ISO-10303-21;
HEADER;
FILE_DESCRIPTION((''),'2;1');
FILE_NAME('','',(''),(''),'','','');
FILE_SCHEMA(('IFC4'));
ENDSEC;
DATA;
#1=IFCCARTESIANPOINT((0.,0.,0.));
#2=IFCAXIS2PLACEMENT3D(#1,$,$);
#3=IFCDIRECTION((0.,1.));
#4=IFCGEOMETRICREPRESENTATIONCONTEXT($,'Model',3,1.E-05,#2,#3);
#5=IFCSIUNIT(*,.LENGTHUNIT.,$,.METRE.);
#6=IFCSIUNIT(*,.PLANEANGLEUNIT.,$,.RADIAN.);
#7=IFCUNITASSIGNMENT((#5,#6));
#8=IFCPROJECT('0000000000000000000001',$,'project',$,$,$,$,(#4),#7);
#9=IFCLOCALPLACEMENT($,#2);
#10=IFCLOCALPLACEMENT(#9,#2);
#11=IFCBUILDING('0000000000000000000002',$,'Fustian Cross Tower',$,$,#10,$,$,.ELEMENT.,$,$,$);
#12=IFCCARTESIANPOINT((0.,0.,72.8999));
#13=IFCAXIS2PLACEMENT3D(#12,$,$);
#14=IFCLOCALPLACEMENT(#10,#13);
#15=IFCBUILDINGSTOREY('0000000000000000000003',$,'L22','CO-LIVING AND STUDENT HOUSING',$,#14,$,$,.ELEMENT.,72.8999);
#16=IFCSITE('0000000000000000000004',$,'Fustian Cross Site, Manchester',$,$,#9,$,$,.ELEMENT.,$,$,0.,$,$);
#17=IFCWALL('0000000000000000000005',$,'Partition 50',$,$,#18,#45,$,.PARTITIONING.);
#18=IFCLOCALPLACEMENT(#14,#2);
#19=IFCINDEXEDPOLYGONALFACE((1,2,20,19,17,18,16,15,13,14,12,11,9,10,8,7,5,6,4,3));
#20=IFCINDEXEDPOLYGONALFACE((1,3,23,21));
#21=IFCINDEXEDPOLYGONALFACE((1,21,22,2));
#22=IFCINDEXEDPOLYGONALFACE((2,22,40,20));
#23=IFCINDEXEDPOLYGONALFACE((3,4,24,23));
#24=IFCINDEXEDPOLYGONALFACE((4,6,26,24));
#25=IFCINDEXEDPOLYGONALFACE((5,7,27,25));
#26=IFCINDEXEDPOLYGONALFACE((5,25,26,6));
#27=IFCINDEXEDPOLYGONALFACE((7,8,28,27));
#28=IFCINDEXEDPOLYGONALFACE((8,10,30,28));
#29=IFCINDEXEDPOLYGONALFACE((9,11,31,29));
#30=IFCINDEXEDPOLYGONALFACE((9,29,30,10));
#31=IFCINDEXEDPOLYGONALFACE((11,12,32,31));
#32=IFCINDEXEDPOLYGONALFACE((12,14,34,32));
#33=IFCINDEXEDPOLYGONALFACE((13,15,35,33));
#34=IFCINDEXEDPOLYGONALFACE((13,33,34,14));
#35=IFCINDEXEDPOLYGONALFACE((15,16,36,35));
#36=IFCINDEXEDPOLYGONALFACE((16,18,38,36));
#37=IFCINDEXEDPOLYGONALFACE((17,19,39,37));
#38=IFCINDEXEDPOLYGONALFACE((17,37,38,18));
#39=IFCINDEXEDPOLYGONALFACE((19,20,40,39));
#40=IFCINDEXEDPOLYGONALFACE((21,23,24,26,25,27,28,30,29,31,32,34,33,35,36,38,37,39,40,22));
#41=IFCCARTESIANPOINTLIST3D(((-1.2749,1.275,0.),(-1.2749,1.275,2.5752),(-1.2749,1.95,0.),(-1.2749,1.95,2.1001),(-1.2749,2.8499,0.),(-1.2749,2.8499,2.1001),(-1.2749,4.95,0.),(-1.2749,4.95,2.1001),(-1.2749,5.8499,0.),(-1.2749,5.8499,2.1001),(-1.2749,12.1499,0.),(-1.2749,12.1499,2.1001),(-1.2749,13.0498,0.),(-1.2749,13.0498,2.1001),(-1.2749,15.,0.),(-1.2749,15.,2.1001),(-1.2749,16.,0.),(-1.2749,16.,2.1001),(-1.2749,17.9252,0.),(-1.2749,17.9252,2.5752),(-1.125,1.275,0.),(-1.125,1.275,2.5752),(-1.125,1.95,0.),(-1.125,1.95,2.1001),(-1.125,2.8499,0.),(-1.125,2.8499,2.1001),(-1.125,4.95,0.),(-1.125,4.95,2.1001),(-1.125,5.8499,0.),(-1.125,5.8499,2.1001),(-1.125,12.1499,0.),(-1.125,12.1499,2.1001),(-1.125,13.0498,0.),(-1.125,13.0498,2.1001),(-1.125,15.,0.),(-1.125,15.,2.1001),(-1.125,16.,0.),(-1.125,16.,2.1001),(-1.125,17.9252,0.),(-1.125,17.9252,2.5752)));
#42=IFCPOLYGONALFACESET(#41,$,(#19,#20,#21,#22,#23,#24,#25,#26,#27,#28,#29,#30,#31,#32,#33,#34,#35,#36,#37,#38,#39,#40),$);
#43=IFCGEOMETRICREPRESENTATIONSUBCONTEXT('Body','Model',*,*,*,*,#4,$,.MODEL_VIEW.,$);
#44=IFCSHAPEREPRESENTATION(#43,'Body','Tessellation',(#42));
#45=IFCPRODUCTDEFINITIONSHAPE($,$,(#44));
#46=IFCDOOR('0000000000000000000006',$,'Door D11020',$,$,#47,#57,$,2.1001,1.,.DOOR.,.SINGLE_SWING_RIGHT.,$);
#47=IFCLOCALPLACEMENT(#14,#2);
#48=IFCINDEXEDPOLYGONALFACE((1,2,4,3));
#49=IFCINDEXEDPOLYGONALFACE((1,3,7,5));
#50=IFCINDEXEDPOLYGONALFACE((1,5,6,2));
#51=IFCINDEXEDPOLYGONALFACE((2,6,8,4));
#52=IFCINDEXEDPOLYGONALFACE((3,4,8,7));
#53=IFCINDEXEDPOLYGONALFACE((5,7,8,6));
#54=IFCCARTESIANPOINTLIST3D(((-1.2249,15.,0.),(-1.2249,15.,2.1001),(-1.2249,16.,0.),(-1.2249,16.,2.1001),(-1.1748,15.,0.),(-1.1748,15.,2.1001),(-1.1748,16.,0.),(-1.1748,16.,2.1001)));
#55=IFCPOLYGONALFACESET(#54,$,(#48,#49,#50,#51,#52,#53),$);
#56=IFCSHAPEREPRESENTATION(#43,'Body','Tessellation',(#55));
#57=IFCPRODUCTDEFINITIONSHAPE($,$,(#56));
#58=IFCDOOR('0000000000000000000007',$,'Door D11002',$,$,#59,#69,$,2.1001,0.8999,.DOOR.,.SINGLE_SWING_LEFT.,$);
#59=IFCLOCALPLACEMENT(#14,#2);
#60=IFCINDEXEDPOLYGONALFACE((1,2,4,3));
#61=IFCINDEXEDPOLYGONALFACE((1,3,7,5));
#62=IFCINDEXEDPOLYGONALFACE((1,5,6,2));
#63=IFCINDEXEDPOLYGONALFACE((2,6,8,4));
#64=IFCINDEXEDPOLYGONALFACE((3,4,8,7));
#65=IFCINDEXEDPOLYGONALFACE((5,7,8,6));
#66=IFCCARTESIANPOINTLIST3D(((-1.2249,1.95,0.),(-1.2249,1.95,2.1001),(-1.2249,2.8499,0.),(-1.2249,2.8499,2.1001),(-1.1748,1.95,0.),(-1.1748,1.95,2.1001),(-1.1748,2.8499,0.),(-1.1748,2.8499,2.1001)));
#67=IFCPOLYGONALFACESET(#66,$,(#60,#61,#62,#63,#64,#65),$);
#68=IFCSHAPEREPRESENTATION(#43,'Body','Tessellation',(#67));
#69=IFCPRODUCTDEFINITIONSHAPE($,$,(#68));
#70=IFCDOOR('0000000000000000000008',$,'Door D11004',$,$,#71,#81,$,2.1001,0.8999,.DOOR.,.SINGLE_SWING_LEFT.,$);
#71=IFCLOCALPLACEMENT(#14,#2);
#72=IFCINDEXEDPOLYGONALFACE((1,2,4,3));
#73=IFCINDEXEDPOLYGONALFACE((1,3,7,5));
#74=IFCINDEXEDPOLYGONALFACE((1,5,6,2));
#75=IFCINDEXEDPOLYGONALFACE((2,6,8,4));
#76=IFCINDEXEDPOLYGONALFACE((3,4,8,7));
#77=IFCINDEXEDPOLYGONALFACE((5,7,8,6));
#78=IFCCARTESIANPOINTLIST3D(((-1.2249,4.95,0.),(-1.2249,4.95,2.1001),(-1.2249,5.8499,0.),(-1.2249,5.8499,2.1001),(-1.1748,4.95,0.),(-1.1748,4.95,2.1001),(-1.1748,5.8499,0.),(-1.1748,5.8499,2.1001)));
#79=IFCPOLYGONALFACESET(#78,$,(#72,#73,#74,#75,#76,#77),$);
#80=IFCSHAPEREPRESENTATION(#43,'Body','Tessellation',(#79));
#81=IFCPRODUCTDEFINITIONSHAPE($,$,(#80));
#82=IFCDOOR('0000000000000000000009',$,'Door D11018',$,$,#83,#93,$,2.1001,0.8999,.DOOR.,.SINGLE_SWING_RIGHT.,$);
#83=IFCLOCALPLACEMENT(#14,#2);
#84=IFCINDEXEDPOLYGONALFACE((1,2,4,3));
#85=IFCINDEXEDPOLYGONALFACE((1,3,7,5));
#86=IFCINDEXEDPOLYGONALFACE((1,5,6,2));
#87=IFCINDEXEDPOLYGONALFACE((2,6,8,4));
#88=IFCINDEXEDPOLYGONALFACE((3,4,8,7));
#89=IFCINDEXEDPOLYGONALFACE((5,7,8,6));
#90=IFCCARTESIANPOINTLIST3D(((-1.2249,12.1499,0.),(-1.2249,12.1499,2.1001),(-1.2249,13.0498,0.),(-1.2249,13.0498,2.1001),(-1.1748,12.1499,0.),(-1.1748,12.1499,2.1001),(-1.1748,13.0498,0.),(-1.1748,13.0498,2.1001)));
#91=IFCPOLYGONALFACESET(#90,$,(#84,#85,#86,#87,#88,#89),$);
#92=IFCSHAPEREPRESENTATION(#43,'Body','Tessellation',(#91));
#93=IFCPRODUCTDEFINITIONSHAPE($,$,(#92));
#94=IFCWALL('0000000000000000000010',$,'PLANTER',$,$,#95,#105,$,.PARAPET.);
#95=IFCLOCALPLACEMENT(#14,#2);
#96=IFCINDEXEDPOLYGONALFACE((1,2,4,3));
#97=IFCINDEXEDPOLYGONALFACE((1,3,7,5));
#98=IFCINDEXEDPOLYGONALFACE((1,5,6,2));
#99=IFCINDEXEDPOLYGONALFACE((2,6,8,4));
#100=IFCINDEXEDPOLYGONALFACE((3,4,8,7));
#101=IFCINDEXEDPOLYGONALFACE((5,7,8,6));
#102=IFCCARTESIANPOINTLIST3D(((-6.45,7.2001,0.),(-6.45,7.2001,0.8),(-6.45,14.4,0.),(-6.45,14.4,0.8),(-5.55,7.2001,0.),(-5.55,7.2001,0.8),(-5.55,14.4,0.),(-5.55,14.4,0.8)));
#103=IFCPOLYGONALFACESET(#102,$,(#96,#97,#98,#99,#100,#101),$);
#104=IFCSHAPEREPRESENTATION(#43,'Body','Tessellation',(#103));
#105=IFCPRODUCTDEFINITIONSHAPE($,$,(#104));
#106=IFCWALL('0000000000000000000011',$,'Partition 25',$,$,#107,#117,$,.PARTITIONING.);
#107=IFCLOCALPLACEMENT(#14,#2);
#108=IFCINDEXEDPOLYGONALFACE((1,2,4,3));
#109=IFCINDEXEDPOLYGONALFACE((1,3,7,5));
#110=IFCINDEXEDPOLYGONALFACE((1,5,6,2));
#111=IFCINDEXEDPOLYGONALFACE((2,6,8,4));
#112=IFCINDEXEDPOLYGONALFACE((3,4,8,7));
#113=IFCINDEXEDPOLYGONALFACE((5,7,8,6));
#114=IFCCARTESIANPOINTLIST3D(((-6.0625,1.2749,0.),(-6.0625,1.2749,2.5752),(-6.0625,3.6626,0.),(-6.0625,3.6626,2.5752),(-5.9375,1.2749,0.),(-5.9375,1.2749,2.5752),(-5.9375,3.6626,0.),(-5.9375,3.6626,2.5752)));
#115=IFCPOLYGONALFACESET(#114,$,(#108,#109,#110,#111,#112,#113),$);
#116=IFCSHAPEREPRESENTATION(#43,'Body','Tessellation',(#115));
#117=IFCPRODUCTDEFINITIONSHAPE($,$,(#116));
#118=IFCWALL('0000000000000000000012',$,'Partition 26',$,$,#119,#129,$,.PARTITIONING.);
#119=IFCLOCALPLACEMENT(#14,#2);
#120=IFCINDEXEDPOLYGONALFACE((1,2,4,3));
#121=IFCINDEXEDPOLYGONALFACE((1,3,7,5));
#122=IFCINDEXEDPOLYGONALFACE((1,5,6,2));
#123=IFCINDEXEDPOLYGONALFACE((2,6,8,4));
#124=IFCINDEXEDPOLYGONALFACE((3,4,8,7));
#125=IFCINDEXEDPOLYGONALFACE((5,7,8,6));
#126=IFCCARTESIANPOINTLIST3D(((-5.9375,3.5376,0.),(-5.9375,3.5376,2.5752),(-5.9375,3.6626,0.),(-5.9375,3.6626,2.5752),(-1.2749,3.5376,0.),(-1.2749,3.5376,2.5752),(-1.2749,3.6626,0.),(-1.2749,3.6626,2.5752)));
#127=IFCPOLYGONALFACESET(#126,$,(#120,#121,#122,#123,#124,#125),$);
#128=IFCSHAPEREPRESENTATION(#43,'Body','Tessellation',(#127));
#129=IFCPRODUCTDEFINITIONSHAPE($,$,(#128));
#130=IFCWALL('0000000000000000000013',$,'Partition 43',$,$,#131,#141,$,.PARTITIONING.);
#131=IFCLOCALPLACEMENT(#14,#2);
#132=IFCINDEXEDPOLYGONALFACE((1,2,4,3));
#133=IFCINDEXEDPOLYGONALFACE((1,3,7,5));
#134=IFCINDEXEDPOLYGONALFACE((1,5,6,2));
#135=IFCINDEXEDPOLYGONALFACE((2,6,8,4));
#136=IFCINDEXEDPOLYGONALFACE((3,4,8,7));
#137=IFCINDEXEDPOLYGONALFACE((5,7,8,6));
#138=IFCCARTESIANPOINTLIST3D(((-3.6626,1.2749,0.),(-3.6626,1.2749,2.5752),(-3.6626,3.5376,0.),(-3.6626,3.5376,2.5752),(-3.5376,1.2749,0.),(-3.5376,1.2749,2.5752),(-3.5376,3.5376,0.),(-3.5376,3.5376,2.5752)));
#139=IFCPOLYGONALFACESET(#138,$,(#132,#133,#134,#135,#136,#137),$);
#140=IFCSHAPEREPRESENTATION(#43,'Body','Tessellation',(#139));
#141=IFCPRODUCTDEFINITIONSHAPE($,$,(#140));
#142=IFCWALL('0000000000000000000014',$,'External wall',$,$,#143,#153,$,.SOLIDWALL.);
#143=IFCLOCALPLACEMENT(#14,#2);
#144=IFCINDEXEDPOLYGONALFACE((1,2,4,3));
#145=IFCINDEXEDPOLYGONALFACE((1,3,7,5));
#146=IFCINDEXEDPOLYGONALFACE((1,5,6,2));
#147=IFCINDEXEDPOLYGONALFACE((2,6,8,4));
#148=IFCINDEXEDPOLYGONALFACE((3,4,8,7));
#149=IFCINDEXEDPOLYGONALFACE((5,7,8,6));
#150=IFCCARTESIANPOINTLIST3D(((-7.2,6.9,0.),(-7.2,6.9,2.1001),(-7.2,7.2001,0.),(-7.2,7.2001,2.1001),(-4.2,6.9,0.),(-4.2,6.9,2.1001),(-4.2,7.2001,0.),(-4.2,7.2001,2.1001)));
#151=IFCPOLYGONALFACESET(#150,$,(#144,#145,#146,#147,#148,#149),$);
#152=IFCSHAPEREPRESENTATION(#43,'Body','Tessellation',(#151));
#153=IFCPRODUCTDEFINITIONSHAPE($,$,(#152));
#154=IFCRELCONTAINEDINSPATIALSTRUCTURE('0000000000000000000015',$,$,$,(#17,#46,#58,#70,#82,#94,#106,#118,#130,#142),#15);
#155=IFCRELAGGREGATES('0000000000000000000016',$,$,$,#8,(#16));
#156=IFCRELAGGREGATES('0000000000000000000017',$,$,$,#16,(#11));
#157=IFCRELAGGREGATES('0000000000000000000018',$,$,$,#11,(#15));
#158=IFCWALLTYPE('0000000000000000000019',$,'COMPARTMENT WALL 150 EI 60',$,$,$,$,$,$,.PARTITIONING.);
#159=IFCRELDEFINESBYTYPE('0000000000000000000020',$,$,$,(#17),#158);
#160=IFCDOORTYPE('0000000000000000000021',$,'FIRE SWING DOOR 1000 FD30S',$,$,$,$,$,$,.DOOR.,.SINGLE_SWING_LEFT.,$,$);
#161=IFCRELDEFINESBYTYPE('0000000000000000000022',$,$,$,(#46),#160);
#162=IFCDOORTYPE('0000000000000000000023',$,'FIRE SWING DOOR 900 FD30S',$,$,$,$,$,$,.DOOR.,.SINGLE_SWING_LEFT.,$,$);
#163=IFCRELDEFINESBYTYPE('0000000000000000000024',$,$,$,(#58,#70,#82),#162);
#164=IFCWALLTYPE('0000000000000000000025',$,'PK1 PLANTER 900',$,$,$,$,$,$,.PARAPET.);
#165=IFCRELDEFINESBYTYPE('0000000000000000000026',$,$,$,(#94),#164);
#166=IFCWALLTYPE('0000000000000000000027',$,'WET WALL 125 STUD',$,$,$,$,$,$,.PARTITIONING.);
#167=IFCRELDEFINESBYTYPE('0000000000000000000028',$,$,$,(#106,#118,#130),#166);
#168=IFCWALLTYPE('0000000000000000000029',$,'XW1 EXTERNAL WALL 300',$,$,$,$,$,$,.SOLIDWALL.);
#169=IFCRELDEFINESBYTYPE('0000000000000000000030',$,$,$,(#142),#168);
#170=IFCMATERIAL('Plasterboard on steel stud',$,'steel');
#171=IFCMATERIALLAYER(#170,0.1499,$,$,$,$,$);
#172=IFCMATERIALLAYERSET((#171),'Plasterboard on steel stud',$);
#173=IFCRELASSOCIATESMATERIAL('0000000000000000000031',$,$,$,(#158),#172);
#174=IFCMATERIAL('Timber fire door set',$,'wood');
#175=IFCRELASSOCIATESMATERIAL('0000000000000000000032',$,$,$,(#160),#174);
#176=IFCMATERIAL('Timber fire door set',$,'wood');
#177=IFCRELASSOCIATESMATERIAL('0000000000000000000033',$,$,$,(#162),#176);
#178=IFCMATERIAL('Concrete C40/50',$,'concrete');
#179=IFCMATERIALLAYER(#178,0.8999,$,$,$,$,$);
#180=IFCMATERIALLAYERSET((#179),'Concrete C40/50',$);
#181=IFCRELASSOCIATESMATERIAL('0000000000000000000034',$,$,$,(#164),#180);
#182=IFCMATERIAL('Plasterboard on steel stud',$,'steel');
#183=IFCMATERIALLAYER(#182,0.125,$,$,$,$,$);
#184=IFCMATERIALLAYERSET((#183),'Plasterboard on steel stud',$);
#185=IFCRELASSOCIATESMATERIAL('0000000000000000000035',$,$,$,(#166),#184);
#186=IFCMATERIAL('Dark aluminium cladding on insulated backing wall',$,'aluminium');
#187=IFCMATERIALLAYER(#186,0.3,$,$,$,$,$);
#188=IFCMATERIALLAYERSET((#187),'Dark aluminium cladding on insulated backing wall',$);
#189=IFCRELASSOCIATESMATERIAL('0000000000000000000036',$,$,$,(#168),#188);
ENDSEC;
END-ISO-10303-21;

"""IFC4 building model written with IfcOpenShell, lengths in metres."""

from ifc_helpers import new_model, si_unit, direction, frame, frame_2d, origin, place, context, subcontext, project, spatial, rectangle, extrude, material, layer, layer_set, type_object, element, fill, save


model = new_model("IFC4")

# Units and contexts
model_context = context("Model", 3, precision=1e-05, world=origin(), true_north=direction((0.0, 1.0)))
body_context = subcontext(model_context, "Body", "Model", "MODEL_VIEW")
ifc_project = project(units=[si_unit("LENGTHUNIT", "METRE"), si_unit("PLANEANGLEUNIT", "RADIAN")], contexts=[model_context])

# Site, building, storey
site_placement = place(None, origin())
site = spatial("IfcSite", under=ifc_project, at=site_placement, Name="Fustian Cross Site, Manchester", CompositionType="ELEMENT", RefElevation=0.0)
building_placement = place(site_placement, origin())
building = spatial("IfcBuilding", under=site, at=building_placement, Name="Fustian Cross Tower", CompositionType="ELEMENT")
storey_placement = place(building_placement, frame((0.0, 0.0, 72.8999)))
storey = spatial("IfcBuildingStorey", under=building, at=storey_placement, Name="L22", Description="CO-LIVING AND STUDENT HOUSING", CompositionType="ELEMENT", Elevation=72.8999)

# Wall, openings, doors
ifc_material_1 = material(Name="Plasterboard on steel stud", Category="steel")
ifc_layer_1 = layer(ifc_material_1, 0.1499)
ifc_layer_set_1 = layer_set([ifc_layer_1], Name="Plasterboard on steel stud")
wall_type_1 = type_object("IfcWallType", Name="COMPARTMENT WALL 150 EI 60", PredefinedType="PARTITIONING", material=ifc_layer_set_1)
wall_1_placement = place(storey_placement, frame((-1.2, 1.2749, 0.0), z_axis=(0.0, 0.0, 1.0), x_axis=(0.0, 1.0, 0.0)))
wall_1 = element("IfcWall", 1, at=wall_1_placement, inside=storey, type_object=wall_type_1, Name="Partition 50", PredefinedType="PARTITIONING", context=body_context, shape_type="SweptSolid", body=[
    extrude(rectangle(XDim=16.6501, YDim=0.1499, at=frame_2d((8.3252, 0.0))), origin(), (0.0, 0.0, 1.0), 2.5752),
])
opening_1_placement = place(wall_1_placement, frame((0.675, 0.0, 0.0)))
opening_1 = element("IfcOpeningElement", 2, at=opening_1_placement, cuts=wall_1, PredefinedType="OPENING", context=body_context, shape_type="SweptSolid", body=[
    extrude(rectangle(XDim=0.8999, YDim=2.1001, at=frame_2d((0.45, 1.05))), frame((0.0, 0.085, 0.0), z_axis=(0.0, -1.0, 0.0), x_axis=(1.0, 0.0, 0.0)), (0.0, 0.0, 1.0), 0.1699),
])
opening_2_placement = place(wall_1_placement, frame((3.675, 0.0, 0.0)))
opening_2 = element("IfcOpeningElement", 3, at=opening_2_placement, cuts=wall_1, PredefinedType="OPENING", context=body_context, shape_type="SweptSolid", body=[
    extrude(rectangle(XDim=0.8999, YDim=2.1001, at=frame_2d((0.45, 1.05))), frame((0.0, 0.085, 0.0), z_axis=(0.0, -1.0, 0.0), x_axis=(1.0, 0.0, 0.0)), (0.0, 0.0, 1.0), 0.1699),
])
opening_3_placement = place(wall_1_placement, frame((10.875, 0.0, 0.0)))
opening_3 = element("IfcOpeningElement", 4, at=opening_3_placement, cuts=wall_1, PredefinedType="OPENING", context=body_context, shape_type="SweptSolid", body=[
    extrude(rectangle(XDim=0.8999, YDim=2.1001, at=frame_2d((0.45, 1.05))), frame((0.0, 0.085, 0.0), z_axis=(0.0, -1.0, 0.0), x_axis=(1.0, 0.0, 0.0)), (0.0, 0.0, 1.0), 0.1699),
])
opening_4_placement = place(wall_1_placement, frame((13.7251, 0.0, 0.0)))
opening_4 = element("IfcOpeningElement", 5, at=opening_4_placement, cuts=wall_1, PredefinedType="OPENING", context=body_context, shape_type="SweptSolid", body=[
    extrude(rectangle(XDim=1.0, YDim=2.1001, at=frame_2d((0.5, 1.05))), frame((0.0, 0.085, 0.0), z_axis=(0.0, -1.0, 0.0), x_axis=(1.0, 0.0, 0.0)), (0.0, 0.0, 1.0), 0.1699),
])
ifc_material_2 = material(Name="Timber fire door set", Category="wood")
door_type_1 = type_object("IfcDoorType", Name="FIRE SWING DOOR 1000 FD30S", OperationType="SINGLE_SWING_LEFT", PredefinedType="DOOR", material=ifc_material_2)
door_1_placement = place(opening_4_placement, origin())
door_1 = element("IfcDoor", 6, at=door_1_placement, inside=storey, type_object=door_type_1, Name="Door D11020", OperationType="SINGLE_SWING_RIGHT", OverallHeight=2.1001, OverallWidth=1.0, PredefinedType="DOOR", context=body_context, shape_type="SweptSolid", body=[
    extrude(rectangle(XDim=1.0, YDim=2.1001, at=frame_2d((0.5, 1.05))), frame((0.0, 0.0249, 0.0), z_axis=(0.0, -1.0, 0.0), x_axis=(1.0, 0.0, 0.0)), (0.0, 0.0, 1.0), 0.05),
])
fill(opening_4, door_1)
ifc_material_3 = material(Name="Timber fire door set", Category="wood")
door_type_2 = type_object("IfcDoorType", Name="FIRE SWING DOOR 900 FD30S", OperationType="SINGLE_SWING_LEFT", PredefinedType="DOOR", material=ifc_material_3)
door_2_placement = place(opening_1_placement, origin())
door_2 = element("IfcDoor", 7, at=door_2_placement, inside=storey, type_object=door_type_2, Name="Door D11002", OperationType="SINGLE_SWING_LEFT", OverallHeight=2.1001, OverallWidth=0.8999, PredefinedType="DOOR", context=body_context, shape_type="SweptSolid", body=[
    extrude(rectangle(XDim=0.8999, YDim=2.1001, at=frame_2d((0.45, 1.05))), frame((0.0, 0.0249, 0.0), z_axis=(0.0, -1.0, 0.0), x_axis=(1.0, 0.0, 0.0)), (0.0, 0.0, 1.0), 0.05),
])
fill(opening_1, door_2)
door_3_placement = place(opening_2_placement, origin())
door_3 = element("IfcDoor", 8, at=door_3_placement, inside=storey, type_object=door_type_2, Name="Door D11004", OperationType="SINGLE_SWING_LEFT", OverallHeight=2.1001, OverallWidth=0.8999, PredefinedType="DOOR", context=body_context, shape_type="SweptSolid", body=[
    extrude(rectangle(XDim=0.8999, YDim=2.1001, at=frame_2d((0.45, 1.05))), frame((0.0, 0.0249, 0.0), z_axis=(0.0, -1.0, 0.0), x_axis=(1.0, 0.0, 0.0)), (0.0, 0.0, 1.0), 0.05),
])
fill(opening_2, door_3)
door_4_placement = place(opening_3_placement, origin())
door_4 = element("IfcDoor", 9, at=door_4_placement, inside=storey, type_object=door_type_2, Name="Door D11018", OperationType="SINGLE_SWING_RIGHT", OverallHeight=2.1001, OverallWidth=0.8999, PredefinedType="DOOR", context=body_context, shape_type="SweptSolid", body=[
    extrude(rectangle(XDim=0.8999, YDim=2.1001, at=frame_2d((0.45, 1.05))), frame((0.0, 0.0249, 0.0), z_axis=(0.0, -1.0, 0.0), x_axis=(1.0, 0.0, 0.0)), (0.0, 0.0, 1.0), 0.05),
])
fill(opening_3, door_4)

# Walls
ifc_material_4 = material(Name="Concrete C40/50", Category="concrete")
ifc_layer_2 = layer(ifc_material_4, 0.8999)
ifc_layer_set_2 = layer_set([ifc_layer_2], Name="Concrete C40/50")
wall_type_2 = type_object("IfcWallType", Name="PK1 PLANTER 900", PredefinedType="PARAPET", material=ifc_layer_set_2)
wall_2_placement = place(storey_placement, frame((-6.0, 7.2, 0.0), z_axis=(0.0, 0.0, 1.0), x_axis=(0.0, 1.0, 0.0)))
element("IfcWall", 10, at=wall_2_placement, inside=storey, type_object=wall_type_2, Name="PLANTER", PredefinedType="PARAPET", context=body_context, shape_type="SweptSolid", body=[
    extrude(rectangle(XDim=7.2, YDim=0.8999, at=frame_2d((3.6001, 0.0))), origin(), (0.0, 0.0, 1.0), 0.8),
])
ifc_material_5 = material(Name="Plasterboard on steel stud", Category="steel")
ifc_layer_3 = layer(ifc_material_5, 0.125)
ifc_layer_set_3 = layer_set([ifc_layer_3], Name="Plasterboard on steel stud")
wall_type_3 = type_object("IfcWallType", Name="WET WALL 125 STUD", PredefinedType="PARTITIONING", material=ifc_layer_set_3)
wall_3_placement = place(storey_placement, frame((-6.0, 1.2749, 0.0), z_axis=(0.0, 0.0, 1.0), x_axis=(0.0, 1.0, 0.0)))
element("IfcWall", 11, at=wall_3_placement, inside=storey, type_object=wall_type_3, Name="Partition 25", PredefinedType="PARTITIONING", context=body_context, shape_type="SweptSolid", body=[
    extrude(rectangle(XDim=2.3877, YDim=0.125, at=frame_2d((1.1938, 0.0))), origin(), (0.0, 0.0, 1.0), 2.5752),
])
wall_4_placement = place(storey_placement, frame((-5.9375, 3.6001, 0.0), z_axis=(0.0, 0.0, 1.0), x_axis=(1.0, 0.0, 0.0)))
element("IfcWall", 12, at=wall_4_placement, inside=storey, type_object=wall_type_3, Name="Partition 26", PredefinedType="PARTITIONING", context=body_context, shape_type="SweptSolid", body=[
    extrude(rectangle(XDim=4.6626, YDim=0.125, at=frame_2d((2.3313, 0.0))), origin(), (0.0, 0.0, 1.0), 2.5752),
])
wall_5_placement = place(storey_placement, frame((-3.6001, 1.2749, 0.0), z_axis=(0.0, 0.0, 1.0), x_axis=(0.0, 1.0, 0.0)))
element("IfcWall", 13, at=wall_5_placement, inside=storey, type_object=wall_type_3, Name="Partition 43", PredefinedType="PARTITIONING", context=body_context, shape_type="SweptSolid", body=[
    extrude(rectangle(XDim=2.2627, YDim=0.125, at=frame_2d((1.1313, 0.0))), origin(), (0.0, 0.0, 1.0), 2.5752),
])
ifc_material_6 = material(Name="Dark aluminium cladding on insulated backing wall", Category="aluminium")
ifc_layer_4 = layer(ifc_material_6, 0.3)
ifc_layer_set_4 = layer_set([ifc_layer_4], Name="Dark aluminium cladding on insulated backing wall")
wall_type_4 = type_object("IfcWallType", Name="XW1 EXTERNAL WALL 300", PredefinedType="SOLIDWALL", material=ifc_layer_set_4)
wall_6_placement = place(storey_placement, frame((-4.2, 7.05, 0.0), z_axis=(0.0, 0.0, 1.0), x_axis=(-1.0, 0.0, 0.0)))
element("IfcWall", 14, at=wall_6_placement, inside=storey, type_object=wall_type_4, Name="External wall", PredefinedType="SOLIDWALL", context=body_context, shape_type="SweptSolid", body=[
    extrude(rectangle(XDim=3.0, YDim=0.3, at=frame_2d((1.5, 0.0))), origin(), (0.0, 0.0, 1.0), 2.1001),
])

save(model, "model.ifc")
